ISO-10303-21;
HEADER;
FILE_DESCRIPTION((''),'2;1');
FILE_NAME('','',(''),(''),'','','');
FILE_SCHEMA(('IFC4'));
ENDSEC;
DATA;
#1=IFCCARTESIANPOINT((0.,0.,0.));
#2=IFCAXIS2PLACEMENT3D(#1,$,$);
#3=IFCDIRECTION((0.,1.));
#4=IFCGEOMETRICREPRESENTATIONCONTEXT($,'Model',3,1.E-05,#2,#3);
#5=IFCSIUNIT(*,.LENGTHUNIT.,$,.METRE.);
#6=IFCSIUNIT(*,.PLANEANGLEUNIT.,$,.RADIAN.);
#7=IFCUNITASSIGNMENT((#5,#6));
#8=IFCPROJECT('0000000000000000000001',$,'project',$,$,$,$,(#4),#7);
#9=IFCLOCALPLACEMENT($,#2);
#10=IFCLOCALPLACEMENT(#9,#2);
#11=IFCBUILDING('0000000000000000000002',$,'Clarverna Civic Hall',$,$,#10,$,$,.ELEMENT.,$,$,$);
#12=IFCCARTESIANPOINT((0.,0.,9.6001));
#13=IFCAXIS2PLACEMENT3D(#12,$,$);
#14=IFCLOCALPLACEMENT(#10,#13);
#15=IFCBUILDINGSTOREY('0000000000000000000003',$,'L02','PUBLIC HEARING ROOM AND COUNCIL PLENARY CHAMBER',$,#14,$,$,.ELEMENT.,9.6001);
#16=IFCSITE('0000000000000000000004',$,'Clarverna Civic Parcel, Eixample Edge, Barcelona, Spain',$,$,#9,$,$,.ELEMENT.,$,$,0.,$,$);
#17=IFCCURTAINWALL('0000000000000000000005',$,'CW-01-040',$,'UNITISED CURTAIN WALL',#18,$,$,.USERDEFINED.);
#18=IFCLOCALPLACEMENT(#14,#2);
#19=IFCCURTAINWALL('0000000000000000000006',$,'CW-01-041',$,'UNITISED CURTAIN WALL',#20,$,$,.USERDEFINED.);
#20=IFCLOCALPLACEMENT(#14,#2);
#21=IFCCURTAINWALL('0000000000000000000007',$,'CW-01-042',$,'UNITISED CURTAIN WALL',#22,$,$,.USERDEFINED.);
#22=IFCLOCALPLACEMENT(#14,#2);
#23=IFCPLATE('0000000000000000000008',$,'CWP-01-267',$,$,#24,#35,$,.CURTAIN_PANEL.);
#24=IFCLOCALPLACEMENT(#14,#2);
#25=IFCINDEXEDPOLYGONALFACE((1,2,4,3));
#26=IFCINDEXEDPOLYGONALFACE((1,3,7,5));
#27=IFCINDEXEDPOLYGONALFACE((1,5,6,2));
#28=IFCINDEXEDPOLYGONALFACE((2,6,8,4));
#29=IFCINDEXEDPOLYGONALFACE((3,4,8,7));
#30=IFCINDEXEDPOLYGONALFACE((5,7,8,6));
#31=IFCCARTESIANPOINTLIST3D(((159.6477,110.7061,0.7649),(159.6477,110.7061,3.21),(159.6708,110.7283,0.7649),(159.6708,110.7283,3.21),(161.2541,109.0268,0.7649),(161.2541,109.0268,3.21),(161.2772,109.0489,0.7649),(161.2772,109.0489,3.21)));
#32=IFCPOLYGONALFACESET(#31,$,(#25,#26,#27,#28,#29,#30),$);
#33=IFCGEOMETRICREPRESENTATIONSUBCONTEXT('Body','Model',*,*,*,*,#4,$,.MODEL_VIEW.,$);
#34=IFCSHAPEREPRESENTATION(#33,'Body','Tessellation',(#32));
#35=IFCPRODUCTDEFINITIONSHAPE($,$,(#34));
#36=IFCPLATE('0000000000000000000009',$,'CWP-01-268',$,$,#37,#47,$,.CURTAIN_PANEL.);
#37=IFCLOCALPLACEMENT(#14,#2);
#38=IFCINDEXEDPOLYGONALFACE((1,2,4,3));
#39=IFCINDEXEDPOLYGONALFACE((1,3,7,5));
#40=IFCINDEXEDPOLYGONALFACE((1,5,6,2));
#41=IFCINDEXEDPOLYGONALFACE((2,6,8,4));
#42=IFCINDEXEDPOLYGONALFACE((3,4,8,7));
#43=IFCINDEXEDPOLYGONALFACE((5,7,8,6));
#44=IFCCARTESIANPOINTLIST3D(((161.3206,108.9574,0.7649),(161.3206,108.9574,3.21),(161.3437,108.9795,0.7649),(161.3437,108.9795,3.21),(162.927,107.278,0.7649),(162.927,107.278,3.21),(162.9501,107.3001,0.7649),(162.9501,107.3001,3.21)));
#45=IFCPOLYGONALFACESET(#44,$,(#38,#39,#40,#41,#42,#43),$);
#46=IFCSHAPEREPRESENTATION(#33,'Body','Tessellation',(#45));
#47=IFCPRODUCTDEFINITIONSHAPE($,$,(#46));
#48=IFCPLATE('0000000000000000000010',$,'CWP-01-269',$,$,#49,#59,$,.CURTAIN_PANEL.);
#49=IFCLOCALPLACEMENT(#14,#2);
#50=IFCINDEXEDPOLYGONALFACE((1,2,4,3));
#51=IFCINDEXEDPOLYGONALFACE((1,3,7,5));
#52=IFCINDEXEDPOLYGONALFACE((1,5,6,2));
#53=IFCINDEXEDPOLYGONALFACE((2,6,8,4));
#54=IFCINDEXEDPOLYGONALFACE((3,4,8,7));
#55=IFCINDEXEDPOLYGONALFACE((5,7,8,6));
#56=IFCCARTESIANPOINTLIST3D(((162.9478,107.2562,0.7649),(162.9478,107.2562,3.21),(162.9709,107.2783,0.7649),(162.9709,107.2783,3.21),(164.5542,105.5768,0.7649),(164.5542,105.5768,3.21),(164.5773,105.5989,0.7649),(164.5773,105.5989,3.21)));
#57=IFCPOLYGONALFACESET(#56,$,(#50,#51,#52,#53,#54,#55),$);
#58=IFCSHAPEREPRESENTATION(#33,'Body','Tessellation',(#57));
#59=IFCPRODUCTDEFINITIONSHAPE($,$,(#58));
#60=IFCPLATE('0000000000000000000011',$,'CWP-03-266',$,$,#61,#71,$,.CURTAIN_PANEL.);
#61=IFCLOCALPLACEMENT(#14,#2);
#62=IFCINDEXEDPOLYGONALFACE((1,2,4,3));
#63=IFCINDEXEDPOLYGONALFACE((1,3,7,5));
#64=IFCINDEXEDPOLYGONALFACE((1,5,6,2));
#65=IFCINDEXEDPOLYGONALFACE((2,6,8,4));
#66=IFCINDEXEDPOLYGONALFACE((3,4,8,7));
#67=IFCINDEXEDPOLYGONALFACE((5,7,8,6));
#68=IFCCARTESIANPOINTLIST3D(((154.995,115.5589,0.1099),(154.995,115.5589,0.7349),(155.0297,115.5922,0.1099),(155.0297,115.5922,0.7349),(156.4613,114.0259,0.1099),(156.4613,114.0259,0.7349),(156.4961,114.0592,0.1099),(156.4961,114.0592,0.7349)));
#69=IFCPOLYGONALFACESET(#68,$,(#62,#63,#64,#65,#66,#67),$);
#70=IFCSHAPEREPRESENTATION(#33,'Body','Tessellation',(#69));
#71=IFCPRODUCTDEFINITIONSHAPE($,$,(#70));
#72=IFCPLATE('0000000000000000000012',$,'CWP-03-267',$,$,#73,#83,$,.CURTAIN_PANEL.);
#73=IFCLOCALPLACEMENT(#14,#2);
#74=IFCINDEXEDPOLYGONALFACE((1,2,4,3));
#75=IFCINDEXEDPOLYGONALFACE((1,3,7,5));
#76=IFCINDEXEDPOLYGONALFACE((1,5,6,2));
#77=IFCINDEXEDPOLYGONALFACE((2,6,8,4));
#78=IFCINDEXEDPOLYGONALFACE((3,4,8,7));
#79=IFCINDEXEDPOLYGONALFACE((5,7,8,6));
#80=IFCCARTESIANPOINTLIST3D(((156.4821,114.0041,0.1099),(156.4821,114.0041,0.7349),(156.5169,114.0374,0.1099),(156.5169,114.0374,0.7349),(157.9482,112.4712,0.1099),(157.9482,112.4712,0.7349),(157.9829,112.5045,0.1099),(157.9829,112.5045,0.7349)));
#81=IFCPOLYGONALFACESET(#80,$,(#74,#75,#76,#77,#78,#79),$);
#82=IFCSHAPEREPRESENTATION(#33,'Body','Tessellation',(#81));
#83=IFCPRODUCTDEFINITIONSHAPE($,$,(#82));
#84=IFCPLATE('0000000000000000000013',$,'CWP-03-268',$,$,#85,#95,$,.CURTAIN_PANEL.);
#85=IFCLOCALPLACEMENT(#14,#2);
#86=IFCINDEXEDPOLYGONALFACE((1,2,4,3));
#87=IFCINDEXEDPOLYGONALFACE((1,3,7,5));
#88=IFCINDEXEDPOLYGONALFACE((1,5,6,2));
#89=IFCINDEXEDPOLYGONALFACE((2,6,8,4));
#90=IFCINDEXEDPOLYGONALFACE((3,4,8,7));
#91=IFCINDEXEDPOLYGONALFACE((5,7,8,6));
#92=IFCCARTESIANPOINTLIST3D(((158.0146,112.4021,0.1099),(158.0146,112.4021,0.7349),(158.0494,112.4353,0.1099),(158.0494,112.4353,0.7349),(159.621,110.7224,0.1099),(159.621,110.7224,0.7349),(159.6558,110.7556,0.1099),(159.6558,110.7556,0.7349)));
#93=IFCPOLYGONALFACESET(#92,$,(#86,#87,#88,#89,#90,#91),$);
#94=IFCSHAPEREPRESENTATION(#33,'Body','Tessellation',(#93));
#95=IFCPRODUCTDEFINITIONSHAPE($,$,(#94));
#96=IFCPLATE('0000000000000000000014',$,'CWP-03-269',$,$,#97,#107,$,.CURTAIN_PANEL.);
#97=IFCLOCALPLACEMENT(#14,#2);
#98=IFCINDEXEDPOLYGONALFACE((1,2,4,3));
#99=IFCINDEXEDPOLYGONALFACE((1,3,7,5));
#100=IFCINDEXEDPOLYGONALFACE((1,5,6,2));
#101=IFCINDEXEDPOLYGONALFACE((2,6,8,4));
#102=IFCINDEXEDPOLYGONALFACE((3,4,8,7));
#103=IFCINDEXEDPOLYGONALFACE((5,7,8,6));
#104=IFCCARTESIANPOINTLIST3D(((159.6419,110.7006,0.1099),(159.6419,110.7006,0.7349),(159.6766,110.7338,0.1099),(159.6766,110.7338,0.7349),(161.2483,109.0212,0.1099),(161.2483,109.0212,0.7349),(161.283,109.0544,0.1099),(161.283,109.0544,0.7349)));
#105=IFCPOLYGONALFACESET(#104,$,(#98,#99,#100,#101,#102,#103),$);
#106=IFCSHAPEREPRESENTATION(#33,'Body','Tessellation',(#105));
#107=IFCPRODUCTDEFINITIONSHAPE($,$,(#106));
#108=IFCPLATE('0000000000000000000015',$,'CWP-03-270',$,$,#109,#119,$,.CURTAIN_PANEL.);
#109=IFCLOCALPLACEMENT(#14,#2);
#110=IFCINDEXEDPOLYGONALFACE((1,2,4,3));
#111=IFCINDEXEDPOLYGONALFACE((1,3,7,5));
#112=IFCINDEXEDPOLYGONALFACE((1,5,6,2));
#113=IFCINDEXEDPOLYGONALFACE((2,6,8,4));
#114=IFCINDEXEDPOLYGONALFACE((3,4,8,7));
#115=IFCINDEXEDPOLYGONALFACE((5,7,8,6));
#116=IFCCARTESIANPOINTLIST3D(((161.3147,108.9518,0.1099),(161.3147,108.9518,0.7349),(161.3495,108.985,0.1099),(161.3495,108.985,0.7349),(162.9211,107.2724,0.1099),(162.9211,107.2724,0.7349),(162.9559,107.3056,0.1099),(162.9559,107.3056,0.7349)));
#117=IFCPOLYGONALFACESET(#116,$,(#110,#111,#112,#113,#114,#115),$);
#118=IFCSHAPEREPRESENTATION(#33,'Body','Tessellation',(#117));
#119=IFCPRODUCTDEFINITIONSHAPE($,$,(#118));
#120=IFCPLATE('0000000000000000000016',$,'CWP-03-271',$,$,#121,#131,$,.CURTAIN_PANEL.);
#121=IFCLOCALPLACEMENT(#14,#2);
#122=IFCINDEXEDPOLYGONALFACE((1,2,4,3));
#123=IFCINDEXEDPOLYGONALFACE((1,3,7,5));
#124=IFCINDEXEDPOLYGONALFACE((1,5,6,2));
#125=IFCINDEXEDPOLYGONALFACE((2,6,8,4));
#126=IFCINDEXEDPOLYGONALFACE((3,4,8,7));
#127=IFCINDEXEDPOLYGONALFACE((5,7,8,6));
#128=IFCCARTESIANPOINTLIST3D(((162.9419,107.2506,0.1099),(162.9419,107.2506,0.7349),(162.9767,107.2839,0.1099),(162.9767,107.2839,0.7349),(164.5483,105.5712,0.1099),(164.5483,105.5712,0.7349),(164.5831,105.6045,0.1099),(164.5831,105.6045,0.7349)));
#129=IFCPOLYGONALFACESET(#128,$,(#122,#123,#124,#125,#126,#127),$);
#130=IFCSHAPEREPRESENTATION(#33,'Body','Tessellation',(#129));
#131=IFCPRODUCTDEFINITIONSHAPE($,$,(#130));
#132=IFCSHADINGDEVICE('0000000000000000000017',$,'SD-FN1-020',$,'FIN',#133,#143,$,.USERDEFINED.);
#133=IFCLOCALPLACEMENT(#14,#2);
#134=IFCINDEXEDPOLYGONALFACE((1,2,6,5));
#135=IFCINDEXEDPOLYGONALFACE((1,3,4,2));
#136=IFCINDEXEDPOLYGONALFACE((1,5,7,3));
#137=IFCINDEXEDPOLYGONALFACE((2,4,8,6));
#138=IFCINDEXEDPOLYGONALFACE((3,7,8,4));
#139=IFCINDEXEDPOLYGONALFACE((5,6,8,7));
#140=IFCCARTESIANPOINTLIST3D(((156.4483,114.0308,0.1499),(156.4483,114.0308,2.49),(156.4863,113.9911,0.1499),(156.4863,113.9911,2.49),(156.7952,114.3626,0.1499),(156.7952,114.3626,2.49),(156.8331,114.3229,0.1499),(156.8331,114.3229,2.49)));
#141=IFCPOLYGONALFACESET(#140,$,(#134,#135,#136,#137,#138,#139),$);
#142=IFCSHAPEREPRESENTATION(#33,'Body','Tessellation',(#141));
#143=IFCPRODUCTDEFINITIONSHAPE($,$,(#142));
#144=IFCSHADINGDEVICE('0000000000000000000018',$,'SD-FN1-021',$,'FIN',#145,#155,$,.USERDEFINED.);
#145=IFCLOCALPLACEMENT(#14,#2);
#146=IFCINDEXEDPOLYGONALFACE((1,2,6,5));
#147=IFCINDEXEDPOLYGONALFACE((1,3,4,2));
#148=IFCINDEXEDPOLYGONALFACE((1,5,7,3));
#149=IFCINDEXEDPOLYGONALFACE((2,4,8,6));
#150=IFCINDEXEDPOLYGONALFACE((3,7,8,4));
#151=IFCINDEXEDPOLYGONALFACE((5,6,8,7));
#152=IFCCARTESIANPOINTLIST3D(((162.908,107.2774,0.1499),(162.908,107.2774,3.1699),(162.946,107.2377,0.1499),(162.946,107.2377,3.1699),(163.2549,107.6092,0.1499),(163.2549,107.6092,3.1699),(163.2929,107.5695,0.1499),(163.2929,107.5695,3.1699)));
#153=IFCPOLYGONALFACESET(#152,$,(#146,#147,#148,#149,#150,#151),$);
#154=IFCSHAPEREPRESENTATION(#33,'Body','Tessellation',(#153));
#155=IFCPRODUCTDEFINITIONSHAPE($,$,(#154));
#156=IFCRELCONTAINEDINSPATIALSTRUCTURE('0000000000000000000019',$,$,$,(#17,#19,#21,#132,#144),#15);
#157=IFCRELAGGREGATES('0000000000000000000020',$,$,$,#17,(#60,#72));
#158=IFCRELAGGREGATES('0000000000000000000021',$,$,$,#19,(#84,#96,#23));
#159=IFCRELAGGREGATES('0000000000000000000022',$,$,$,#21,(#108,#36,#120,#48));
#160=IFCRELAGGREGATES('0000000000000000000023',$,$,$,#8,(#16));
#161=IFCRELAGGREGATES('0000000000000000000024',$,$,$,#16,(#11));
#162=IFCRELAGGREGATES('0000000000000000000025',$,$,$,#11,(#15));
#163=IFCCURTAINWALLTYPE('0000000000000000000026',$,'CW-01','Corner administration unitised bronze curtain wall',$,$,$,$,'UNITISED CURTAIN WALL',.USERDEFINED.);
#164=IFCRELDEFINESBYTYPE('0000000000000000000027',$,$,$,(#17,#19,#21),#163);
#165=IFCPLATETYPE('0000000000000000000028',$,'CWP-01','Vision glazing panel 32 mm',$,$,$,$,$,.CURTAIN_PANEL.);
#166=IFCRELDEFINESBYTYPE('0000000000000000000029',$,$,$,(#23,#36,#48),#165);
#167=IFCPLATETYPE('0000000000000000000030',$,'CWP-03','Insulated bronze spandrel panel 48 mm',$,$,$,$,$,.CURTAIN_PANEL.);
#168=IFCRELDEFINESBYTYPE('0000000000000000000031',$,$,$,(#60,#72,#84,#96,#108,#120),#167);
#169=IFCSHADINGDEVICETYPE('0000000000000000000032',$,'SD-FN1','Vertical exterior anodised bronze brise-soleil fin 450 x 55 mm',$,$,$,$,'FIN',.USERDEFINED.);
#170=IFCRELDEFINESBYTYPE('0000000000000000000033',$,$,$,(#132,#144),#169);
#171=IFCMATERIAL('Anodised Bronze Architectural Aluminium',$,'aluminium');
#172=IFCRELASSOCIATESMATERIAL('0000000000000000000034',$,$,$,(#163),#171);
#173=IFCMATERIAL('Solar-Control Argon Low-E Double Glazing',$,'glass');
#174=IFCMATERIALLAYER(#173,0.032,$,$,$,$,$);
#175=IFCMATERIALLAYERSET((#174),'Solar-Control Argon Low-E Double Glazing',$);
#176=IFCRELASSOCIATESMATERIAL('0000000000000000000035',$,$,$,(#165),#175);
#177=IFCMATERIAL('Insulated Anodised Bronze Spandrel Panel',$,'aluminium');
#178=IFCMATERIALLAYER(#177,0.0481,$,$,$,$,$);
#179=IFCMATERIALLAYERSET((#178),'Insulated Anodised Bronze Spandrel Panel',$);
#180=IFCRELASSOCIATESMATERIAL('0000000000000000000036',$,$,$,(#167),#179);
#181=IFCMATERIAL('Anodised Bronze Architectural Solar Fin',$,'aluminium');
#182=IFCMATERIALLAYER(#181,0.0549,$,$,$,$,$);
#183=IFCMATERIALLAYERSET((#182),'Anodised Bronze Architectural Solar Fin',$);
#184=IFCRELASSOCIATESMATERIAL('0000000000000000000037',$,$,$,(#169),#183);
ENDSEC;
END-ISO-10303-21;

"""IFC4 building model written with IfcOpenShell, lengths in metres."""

from ifc_helpers import new_model, si_unit, direction, frame, frame_2d, origin, place, context, subcontext, project, spatial, rectangle, extrude, material, layer, layer_set, type_object, element, aggregate, save


model = new_model("IFC4")

# Units and contexts
model_context = context("Model", 3, precision=1e-05, world=origin(), true_north=direction((0.0, 1.0)))
body_context = subcontext(model_context, "Body", "Model", "MODEL_VIEW")
ifc_project = project(units=[si_unit("LENGTHUNIT", "METRE"), si_unit("PLANEANGLEUNIT", "RADIAN")], contexts=[model_context])

# Site, building, storey
site_placement = place(None, origin())
site = spatial("IfcSite", under=ifc_project, at=site_placement, Name="Clarverna Civic Parcel, Eixample Edge, Barcelona, Spain", CompositionType="ELEMENT", RefElevation=0.0)
building_placement = place(site_placement, origin())
building = spatial("IfcBuilding", under=site, at=building_placement, Name="Clarverna Civic Hall", CompositionType="ELEMENT")
storey_placement = place(building_placement, frame((0.0, 0.0, 9.6001)))
storey = spatial("IfcBuildingStorey", under=building, at=storey_placement, Name="L02", Description="PUBLIC HEARING ROOM AND COUNCIL PLENARY CHAMBER", CompositionType="ELEMENT", Elevation=9.6001)

# Shared definitions
ifc_material_1 = material(Name="Anodised Bronze Architectural Aluminium", Category="aluminium")
curtain_wall_type = type_object("IfcCurtainWallType", Name="CW-01", Description="Corner administration unitised bronze curtain wall", ElementType="UNITISED CURTAIN WALL", PredefinedType="USERDEFINED", material=ifc_material_1)

# Curtain walls
curtain_wall_1_placement = place(storey_placement, origin())
curtain_wall_1 = element("IfcCurtainWall", 1, at=curtain_wall_1_placement, inside=storey, type_object=curtain_wall_type, Name="CW-01-040", ObjectType="UNITISED CURTAIN WALL", PredefinedType="USERDEFINED")
curtain_wall_2_placement = place(storey_placement, origin())
curtain_wall_2 = element("IfcCurtainWall", 2, at=curtain_wall_2_placement, inside=storey, type_object=curtain_wall_type, Name="CW-01-041", ObjectType="UNITISED CURTAIN WALL", PredefinedType="USERDEFINED")
curtain_wall_3_placement = place(storey_placement, origin())
curtain_wall_3 = element("IfcCurtainWall", 3, at=curtain_wall_3_placement, inside=storey, type_object=curtain_wall_type, Name="CW-01-042", ObjectType="UNITISED CURTAIN WALL", PredefinedType="USERDEFINED")

# Plates
ifc_material_2 = material(Name="Solar-Control Argon Low-E Double Glazing", Category="glass")
ifc_layer_1 = layer(ifc_material_2, 0.032)
ifc_layer_set_1 = layer_set([ifc_layer_1], Name="Solar-Control Argon Low-E Double Glazing")
plate_type_1 = type_object("IfcPlateType", Name="CWP-01", Description="Vision glazing panel 32 mm", PredefinedType="CURTAIN_PANEL", material=ifc_layer_set_1)
plate_1_placement = place(storey_placement, frame((159.6592, 110.7173, 0.7649), z_axis=(0.0, 0.0, 1.0), x_axis=(0.691227, -0.722637, 0.0)))
plate_1 = element("IfcPlate", 4, at=plate_1_placement, type_object=plate_type_1, Name="CWP-01-267", PredefinedType="CURTAIN_PANEL", context=body_context, shape_type="SweptSolid", body=[
    extrude(rectangle(XDim=2.324, YDim=0.032, at=frame_2d((1.1621, 0.0))), origin(), (0.0, 0.0, 1.0), 2.4451),
])
plate_2_placement = place(storey_placement, frame((161.332, 108.9685, 0.7649), z_axis=(0.0, 0.0, 1.0), x_axis=(0.691227, -0.722637, 0.0)))
plate_2 = element("IfcPlate", 5, at=plate_2_placement, type_object=plate_type_1, Name="CWP-01-268", PredefinedType="CURTAIN_PANEL", context=body_context, shape_type="SweptSolid", body=[
    extrude(rectangle(XDim=2.324, YDim=0.032, at=frame_2d((1.1621, 0.0))), origin(), (0.0, 0.0, 1.0), 2.4451),
])
plate_3_placement = place(storey_placement, frame((162.9592, 107.2673, 0.7649), z_axis=(0.0, 0.0, 1.0), x_axis=(0.691227, -0.722637, 0.0)))
plate_3 = element("IfcPlate", 6, at=plate_3_placement, type_object=plate_type_1, Name="CWP-01-269", PredefinedType="CURTAIN_PANEL", context=body_context, shape_type="SweptSolid", body=[
    extrude(rectangle(XDim=2.324, YDim=0.032, at=frame_2d((1.1621, 0.0))), origin(), (0.0, 0.0, 1.0), 2.4451),
])
ifc_material_3 = material(Name="Insulated Anodised Bronze Spandrel Panel", Category="aluminium")
ifc_layer_2 = layer(ifc_material_3, 0.0481)
ifc_layer_set_2 = layer_set([ifc_layer_2], Name="Insulated Anodised Bronze Spandrel Panel")
plate_type_2 = type_object("IfcPlateType", Name="CWP-03", Description="Insulated bronze spandrel panel 48 mm", PredefinedType="CURTAIN_PANEL", material=ifc_layer_set_2)
plate_4_placement = place(storey_placement, frame((155.0125, 115.5754, 0.1099), z_axis=(0.0, 0.0, 1.0), x_axis=(0.691223, -0.722642, 0.0)))
plate_4 = element("IfcPlate", 7, at=plate_4_placement, type_object=plate_type_2, Name="CWP-03-266", PredefinedType="CURTAIN_PANEL", context=body_context, shape_type="SweptSolid", body=[
    extrude(rectangle(XDim=2.1213, YDim=0.0481, at=frame_2d((1.0605, 0.0))), origin(), (0.0, 0.0, 1.0), 0.625),
])
plate_5_placement = place(storey_placement, frame((156.4995, 114.0208, 0.1099), z_axis=(0.0, 0.0, 1.0), x_axis=(0.691163, -0.722699, 0.0)))
plate_5 = element("IfcPlate", 8, at=plate_5_placement, type_object=plate_type_2, Name="CWP-03-267", PredefinedType="CURTAIN_PANEL", context=body_context, shape_type="SweptSolid", body=[
    extrude(rectangle(XDim=2.1211, YDim=0.0481, at=frame_2d((1.0605, 0.0))), origin(), (0.0, 0.0, 1.0), 0.625),
])
aggregate(curtain_wall_1, [plate_4, plate_5])
plate_6_placement = place(storey_placement, frame((158.032, 112.4187, 0.1099), z_axis=(0.0, 0.0, 1.0), x_axis=(0.691175, -0.722687, 0.0)))
plate_6 = element("IfcPlate", 9, at=plate_6_placement, type_object=plate_type_2, Name="CWP-03-268", PredefinedType="CURTAIN_PANEL", context=body_context, shape_type="SweptSolid", body=[
    extrude(rectangle(XDim=2.3242, YDim=0.0481, at=frame_2d((1.1621, 0.0))), origin(), (0.0, 0.0, 1.0), 0.625),
])
plate_7_placement = place(storey_placement, frame((159.6592, 110.7173, 0.1099), z_axis=(0.0, 0.0, 1.0), x_axis=(0.691227, -0.722637, 0.0)))
plate_7 = element("IfcPlate", 10, at=plate_7_placement, type_object=plate_type_2, Name="CWP-03-269", PredefinedType="CURTAIN_PANEL", context=body_context, shape_type="SweptSolid", body=[
    extrude(rectangle(XDim=2.324, YDim=0.0481, at=frame_2d((1.1621, 0.0))), origin(), (0.0, 0.0, 1.0), 0.625),
])
aggregate(curtain_wall_2, [plate_6, plate_7, plate_1])
plate_8_placement = place(storey_placement, frame((161.332, 108.9685, 0.1099), z_axis=(0.0, 0.0, 1.0), x_axis=(0.691227, -0.722637, 0.0)))
plate_8 = element("IfcPlate", 11, at=plate_8_placement, type_object=plate_type_2, Name="CWP-03-270", PredefinedType="CURTAIN_PANEL", context=body_context, shape_type="SweptSolid", body=[
    extrude(rectangle(XDim=2.324, YDim=0.0481, at=frame_2d((1.1621, 0.0))), origin(), (0.0, 0.0, 1.0), 0.625),
])
plate_9_placement = place(storey_placement, frame((162.9592, 107.2673, 0.1099), z_axis=(0.0, 0.0, 1.0), x_axis=(0.691227, -0.722637, 0.0)))
plate_9 = element("IfcPlate", 12, at=plate_9_placement, type_object=plate_type_2, Name="CWP-03-271", PredefinedType="CURTAIN_PANEL", context=body_context, shape_type="SweptSolid", body=[
    extrude(rectangle(XDim=2.324, YDim=0.0481, at=frame_2d((1.1621, 0.0))), origin(), (0.0, 0.0, 1.0), 0.625),
])
aggregate(curtain_wall_3, [plate_8, plate_2, plate_9, plate_3])

# Shading devices
ifc_material_4 = material(Name="Anodised Bronze Architectural Solar Fin", Category="aluminium")
ifc_layer_3 = layer(ifc_material_4, 0.0549)
ifc_layer_set_3 = layer_set([ifc_layer_3], Name="Anodised Bronze Architectural Solar Fin")
shading_device_type = type_object("IfcShadingDeviceType", Name="SD-FN1", Description="Vertical exterior anodised bronze brise-soleil fin 450 x 55 mm", ElementType="FIN", PredefinedType="USERDEFINED", material=ifc_layer_set_3)
shading_device_1_placement = place(storey_placement, frame((156.4673, 114.011, 0.1499), z_axis=(0.0, 0.0, 1.0), x_axis=(0.722697, 0.691165, 0.0)))
element("IfcShadingDevice", 13, at=shading_device_1_placement, inside=storey, type_object=shading_device_type, Name="SD-FN1-020", ObjectType="FIN", PredefinedType="USERDEFINED", context=body_context, shape_type="SweptSolid", body=[
    extrude(rectangle(XDim=0.48, YDim=0.0549, at=frame_2d((0.24, 0.0))), origin(), (0.0, 0.0, 1.0), 2.3401),
])
shading_device_2_placement = place(storey_placement, frame((162.927, 107.2576, 0.1499), z_axis=(0.0, 0.0, 1.0), x_axis=(0.722697, 0.691165, 0.0)))
element("IfcShadingDevice", 14, at=shading_device_2_placement, inside=storey, type_object=shading_device_type, Name="SD-FN1-021", ObjectType="FIN", PredefinedType="USERDEFINED", context=body_context, shape_type="SweptSolid", body=[
    extrude(rectangle(XDim=0.48, YDim=0.0549, at=frame_2d((0.24, 0.0))), origin(), (0.0, 0.0, 1.0), 3.02),
])

save(model, "model.ifc")
